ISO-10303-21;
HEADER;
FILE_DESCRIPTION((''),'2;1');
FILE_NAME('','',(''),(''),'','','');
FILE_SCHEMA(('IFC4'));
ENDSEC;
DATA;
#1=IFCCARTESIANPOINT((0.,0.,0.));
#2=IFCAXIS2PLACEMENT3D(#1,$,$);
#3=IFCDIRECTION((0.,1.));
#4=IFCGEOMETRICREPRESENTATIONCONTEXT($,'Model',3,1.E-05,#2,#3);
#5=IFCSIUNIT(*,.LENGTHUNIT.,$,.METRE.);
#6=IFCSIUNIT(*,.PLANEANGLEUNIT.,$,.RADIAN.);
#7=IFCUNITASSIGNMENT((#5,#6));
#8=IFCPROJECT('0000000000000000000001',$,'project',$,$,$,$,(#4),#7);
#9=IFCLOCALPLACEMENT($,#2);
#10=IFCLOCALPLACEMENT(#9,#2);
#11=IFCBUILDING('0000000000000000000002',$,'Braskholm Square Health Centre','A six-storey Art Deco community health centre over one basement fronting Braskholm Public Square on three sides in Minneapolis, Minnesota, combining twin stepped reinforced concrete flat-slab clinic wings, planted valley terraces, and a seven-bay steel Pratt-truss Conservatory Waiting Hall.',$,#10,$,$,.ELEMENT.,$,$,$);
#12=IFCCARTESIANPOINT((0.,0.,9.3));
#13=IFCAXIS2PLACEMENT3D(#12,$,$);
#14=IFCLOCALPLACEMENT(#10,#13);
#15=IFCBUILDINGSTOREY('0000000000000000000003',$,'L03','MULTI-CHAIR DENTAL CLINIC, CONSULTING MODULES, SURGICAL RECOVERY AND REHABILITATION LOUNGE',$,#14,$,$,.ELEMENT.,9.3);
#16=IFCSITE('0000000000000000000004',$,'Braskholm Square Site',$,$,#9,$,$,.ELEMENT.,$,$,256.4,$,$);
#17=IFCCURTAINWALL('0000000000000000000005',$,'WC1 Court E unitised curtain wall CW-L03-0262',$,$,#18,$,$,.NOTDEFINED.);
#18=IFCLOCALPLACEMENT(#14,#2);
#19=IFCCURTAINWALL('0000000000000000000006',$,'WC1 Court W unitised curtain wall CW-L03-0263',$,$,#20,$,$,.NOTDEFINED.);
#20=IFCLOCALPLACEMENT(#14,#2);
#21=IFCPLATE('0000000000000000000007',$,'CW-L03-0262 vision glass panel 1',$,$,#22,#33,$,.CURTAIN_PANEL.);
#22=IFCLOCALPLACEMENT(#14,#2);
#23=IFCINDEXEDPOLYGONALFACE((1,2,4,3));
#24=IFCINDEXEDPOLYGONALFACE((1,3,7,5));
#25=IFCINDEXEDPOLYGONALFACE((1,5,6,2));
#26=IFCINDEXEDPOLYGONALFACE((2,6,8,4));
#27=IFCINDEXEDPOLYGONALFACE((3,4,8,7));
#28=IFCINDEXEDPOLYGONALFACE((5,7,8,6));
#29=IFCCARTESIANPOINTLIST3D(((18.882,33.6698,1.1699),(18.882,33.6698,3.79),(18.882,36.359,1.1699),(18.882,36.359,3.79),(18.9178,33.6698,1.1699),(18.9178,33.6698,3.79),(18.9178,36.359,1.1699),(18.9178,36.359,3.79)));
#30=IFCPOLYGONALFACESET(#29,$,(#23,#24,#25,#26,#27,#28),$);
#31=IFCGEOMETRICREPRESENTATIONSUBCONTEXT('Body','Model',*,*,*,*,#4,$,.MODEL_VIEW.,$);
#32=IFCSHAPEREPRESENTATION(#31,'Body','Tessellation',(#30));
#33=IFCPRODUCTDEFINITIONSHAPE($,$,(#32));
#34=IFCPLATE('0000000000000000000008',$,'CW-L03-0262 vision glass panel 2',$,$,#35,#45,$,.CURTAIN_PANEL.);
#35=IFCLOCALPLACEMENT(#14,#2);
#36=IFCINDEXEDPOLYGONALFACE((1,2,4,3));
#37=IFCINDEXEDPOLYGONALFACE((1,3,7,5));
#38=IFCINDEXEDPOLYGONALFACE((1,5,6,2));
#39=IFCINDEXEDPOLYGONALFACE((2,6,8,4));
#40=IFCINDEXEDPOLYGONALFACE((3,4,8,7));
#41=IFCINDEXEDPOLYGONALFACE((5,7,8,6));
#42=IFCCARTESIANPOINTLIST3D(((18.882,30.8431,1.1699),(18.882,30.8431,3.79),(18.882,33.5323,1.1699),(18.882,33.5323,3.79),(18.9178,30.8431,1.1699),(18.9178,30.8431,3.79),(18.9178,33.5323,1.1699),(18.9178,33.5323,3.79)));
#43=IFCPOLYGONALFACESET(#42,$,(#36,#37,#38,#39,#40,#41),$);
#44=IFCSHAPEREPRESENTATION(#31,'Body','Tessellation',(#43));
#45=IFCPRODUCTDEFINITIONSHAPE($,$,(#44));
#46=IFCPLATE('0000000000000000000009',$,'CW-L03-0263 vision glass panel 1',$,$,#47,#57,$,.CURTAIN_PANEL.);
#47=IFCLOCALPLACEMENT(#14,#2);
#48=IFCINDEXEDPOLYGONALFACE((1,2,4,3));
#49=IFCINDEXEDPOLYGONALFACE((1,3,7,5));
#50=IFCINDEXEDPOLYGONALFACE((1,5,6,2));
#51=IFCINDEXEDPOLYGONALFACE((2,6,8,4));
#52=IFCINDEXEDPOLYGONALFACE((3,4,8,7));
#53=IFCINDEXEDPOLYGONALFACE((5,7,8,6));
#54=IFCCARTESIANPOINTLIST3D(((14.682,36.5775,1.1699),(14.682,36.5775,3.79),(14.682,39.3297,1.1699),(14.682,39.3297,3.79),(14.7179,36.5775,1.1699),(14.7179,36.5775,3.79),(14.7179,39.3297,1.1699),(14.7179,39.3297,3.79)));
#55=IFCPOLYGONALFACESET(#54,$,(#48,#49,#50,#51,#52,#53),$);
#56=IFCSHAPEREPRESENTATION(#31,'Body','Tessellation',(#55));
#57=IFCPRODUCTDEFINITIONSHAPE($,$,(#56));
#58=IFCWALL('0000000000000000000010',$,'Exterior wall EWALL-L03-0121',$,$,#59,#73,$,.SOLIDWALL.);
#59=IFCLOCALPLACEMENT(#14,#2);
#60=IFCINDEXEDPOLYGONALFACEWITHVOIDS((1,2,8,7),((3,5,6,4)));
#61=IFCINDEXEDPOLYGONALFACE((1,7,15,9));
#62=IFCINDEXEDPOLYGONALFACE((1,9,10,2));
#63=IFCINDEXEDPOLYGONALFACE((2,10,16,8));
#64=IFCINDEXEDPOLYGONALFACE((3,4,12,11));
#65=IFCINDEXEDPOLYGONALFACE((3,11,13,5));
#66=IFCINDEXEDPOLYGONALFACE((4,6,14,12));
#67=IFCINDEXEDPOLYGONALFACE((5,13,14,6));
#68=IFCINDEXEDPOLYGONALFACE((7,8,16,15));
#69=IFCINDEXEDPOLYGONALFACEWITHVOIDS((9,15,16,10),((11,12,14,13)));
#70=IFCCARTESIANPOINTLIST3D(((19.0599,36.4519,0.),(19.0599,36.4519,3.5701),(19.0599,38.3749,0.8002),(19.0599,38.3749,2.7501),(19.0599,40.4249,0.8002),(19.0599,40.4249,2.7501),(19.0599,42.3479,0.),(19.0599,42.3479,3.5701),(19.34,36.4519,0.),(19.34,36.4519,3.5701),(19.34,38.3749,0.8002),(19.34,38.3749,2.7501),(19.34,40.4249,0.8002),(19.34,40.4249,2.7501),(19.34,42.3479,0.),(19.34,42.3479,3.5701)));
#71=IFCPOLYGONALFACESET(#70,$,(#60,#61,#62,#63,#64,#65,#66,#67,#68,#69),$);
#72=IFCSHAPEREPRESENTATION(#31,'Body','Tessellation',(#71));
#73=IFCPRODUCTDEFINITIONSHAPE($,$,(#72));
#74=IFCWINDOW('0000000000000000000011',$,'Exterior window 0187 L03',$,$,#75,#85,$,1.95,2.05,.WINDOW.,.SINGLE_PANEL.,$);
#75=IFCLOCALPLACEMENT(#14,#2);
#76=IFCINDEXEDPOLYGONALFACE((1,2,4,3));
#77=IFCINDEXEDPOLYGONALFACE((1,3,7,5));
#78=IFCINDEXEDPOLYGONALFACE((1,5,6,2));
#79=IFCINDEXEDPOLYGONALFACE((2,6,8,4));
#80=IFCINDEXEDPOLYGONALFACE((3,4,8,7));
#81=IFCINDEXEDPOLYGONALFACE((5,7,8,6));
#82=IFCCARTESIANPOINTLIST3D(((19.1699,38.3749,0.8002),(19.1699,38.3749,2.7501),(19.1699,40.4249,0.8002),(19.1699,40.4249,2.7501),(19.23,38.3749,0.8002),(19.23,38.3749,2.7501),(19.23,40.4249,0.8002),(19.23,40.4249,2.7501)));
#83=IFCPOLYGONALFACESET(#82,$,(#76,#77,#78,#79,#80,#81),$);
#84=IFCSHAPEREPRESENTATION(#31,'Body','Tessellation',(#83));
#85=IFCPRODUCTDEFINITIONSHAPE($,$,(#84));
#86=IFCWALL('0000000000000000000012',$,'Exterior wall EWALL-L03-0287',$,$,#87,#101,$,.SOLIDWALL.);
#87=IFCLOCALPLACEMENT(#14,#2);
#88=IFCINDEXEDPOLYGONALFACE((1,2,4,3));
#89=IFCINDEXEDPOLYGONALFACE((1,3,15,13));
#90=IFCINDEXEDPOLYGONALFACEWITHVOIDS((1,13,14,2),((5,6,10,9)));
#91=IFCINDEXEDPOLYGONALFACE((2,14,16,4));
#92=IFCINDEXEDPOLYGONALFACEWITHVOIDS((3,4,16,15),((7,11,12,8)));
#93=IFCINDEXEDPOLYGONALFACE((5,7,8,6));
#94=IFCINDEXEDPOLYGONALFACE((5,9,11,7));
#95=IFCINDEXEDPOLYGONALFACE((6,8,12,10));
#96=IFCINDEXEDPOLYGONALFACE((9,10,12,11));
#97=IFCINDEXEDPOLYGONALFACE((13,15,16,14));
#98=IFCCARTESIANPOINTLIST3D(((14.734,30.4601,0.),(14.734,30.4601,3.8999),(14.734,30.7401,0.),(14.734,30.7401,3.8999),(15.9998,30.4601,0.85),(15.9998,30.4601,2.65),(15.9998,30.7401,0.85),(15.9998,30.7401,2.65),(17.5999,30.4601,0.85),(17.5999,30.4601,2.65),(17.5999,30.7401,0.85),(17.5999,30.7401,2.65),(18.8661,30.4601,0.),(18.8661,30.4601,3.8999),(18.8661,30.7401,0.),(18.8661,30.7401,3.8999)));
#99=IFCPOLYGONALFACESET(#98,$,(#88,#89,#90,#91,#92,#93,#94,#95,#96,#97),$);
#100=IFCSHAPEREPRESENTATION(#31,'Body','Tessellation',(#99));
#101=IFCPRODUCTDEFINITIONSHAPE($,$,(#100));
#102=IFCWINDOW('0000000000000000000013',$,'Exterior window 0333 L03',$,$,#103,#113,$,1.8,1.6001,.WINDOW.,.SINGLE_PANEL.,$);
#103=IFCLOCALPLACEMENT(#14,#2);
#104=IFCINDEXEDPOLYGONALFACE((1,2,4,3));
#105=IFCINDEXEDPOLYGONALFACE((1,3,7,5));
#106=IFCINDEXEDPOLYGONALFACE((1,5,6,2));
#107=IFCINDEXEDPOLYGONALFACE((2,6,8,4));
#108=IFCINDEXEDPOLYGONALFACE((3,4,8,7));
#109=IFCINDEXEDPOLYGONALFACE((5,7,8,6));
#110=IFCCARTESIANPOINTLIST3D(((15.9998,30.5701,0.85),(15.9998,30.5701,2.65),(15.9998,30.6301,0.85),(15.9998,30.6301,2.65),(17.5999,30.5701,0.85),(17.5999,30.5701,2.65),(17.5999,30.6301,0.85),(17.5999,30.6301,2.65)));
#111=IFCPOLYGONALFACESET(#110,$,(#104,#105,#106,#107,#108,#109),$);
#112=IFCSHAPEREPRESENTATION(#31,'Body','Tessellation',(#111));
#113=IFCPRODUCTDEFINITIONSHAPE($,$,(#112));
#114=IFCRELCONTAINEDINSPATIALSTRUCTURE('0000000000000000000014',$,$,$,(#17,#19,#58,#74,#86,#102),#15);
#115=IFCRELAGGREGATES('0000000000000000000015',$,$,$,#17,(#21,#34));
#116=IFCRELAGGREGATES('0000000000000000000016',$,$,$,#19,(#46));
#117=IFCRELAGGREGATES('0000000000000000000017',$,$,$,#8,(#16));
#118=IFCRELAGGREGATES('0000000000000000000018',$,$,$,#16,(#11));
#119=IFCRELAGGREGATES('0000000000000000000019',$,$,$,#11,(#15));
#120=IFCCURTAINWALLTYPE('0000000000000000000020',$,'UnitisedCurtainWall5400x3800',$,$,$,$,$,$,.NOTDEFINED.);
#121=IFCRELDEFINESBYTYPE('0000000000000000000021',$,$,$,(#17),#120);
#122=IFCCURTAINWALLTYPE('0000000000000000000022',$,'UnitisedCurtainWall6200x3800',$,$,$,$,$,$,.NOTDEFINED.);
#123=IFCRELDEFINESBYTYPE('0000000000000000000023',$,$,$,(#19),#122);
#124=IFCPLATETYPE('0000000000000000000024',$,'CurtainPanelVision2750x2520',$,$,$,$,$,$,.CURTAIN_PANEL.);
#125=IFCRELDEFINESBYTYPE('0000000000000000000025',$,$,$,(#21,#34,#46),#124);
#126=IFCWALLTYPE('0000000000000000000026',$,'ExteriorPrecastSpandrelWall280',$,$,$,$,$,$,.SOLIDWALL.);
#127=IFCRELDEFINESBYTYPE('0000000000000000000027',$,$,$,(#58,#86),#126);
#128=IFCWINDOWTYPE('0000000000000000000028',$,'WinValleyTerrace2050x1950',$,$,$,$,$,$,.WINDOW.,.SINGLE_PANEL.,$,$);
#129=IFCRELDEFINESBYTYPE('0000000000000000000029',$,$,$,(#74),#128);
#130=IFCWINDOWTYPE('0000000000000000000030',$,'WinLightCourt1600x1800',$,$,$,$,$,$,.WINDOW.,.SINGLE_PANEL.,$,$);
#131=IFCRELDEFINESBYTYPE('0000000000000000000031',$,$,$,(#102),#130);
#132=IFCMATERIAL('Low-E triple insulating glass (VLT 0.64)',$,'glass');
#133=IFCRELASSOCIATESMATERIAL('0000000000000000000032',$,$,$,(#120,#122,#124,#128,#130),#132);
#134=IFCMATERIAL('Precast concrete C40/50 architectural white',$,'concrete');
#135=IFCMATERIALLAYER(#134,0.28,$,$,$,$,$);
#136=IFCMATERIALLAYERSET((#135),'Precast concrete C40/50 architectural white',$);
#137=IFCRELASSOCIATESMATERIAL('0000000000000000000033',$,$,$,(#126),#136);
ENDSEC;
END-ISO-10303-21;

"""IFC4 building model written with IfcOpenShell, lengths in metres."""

from ifc_helpers import new_model, si_unit, direction, frame, frame_2d, origin, origin_with_axes, origin_2d, place, context, subcontext, project, spatial, rectangle, extrude, material, layer, layer_set, type_object, element, fill, aggregate, save


model = new_model("IFC4")

# Units and contexts
model_context = context("Model", 3, precision=1e-05, world=origin(), true_north=direction((0.0, 1.0)))
body_context = subcontext(model_context, "Body", "Model", "MODEL_VIEW")
ifc_project = project(units=[si_unit("LENGTHUNIT", "METRE"), si_unit("PLANEANGLEUNIT", "RADIAN")], contexts=[model_context])

# Site, building, storey
site_placement = place(None, origin())
site = spatial("IfcSite", under=ifc_project, at=site_placement, Name="Braskholm Square Site", CompositionType="ELEMENT", RefElevation=256.4)
building_placement = place(site_placement, origin())
building = spatial("IfcBuilding", under=site, at=building_placement, Name="Braskholm Square Health Centre", Description="A six-storey Art Deco community health centre over one basement fronting Braskholm Public Square on three sides in Minneapolis, Minnesota, combining twin stepped reinforced concrete flat-slab clinic wings, planted valley terraces, and a seven-bay steel Pratt-truss Conservatory Waiting Hall.", CompositionType="ELEMENT")
storey_placement = place(building_placement, frame((0.0, 0.0, 9.3)))
storey = spatial("IfcBuildingStorey", under=building, at=storey_placement, Name="L03", Description="MULTI-CHAIR DENTAL CLINIC, CONSULTING MODULES, SURGICAL RECOVERY AND REHABILITATION LOUNGE", CompositionType="ELEMENT", Elevation=9.3)

# Curtain wall
ifc_material_1 = material(Name="Low-E triple insulating glass (VLT 0.64)", Category="glass")
curtain_wall_type_1 = type_object("IfcCurtainWallType", Name="UnitisedCurtainWall5400x3800", PredefinedType="NOTDEFINED", material=ifc_material_1)
curtain_wall_1_placement = place(storey_placement, origin())
curtain_wall_1 = element("IfcCurtainWall", 1, at=curtain_wall_1_placement, inside=storey, type_object=curtain_wall_type_1, Name="WC1 Court E unitised curtain wall CW-L03-0262", PredefinedType="NOTDEFINED")

# Curtain wall
curtain_wall_type_2 = type_object("IfcCurtainWallType", Name="UnitisedCurtainWall6200x3800", PredefinedType="NOTDEFINED", material=ifc_material_1)
curtain_wall_2_placement = place(storey_placement, origin())
curtain_wall_2 = element("IfcCurtainWall", 2, at=curtain_wall_2_placement, inside=storey, type_object=curtain_wall_type_2, Name="WC1 Court W unitised curtain wall CW-L03-0263", PredefinedType="NOTDEFINED")

# Shared definitions
ifc_material_2 = material(Name="Precast concrete C40/50 architectural white", Category="concrete")

# Plates
plate_type_1 = type_object("IfcPlateType", Name="CurtainPanelVision2750x2520", PredefinedType="CURTAIN_PANEL", material=ifc_material_1)
plate_1_placement = place(storey_placement, frame((18.8999, 35.0144, 1.1699), z_axis=(0.0, 0.0, 1.0), x_axis=(0.0, -1.0, 0.0)))
plate_1 = element("IfcPlate", 3, at=plate_1_placement, type_object=plate_type_1, Name="CW-L03-0262 vision glass panel 1", PredefinedType="CURTAIN_PANEL", context=body_context, shape_type="SweptSolid", body=[
    extrude(rectangle(XDim=2.6892, YDim=0.0359, at=origin_2d()), origin(), (0.0, 0.0, 1.0), 2.6201),
])
plate_2_placement = place(storey_placement, frame((18.8999, 32.1877, 1.1699), z_axis=(0.0, 0.0, 1.0), x_axis=(0.0, -1.0, 0.0)))
plate_2 = element("IfcPlate", 4, at=plate_2_placement, type_object=plate_type_1, Name="CW-L03-0262 vision glass panel 2", PredefinedType="CURTAIN_PANEL", context=body_context, shape_type="SweptSolid", body=[
    extrude(rectangle(XDim=2.6892, YDim=0.0359, at=origin_2d()), origin(), (0.0, 0.0, 1.0), 2.6201),
])
aggregate(curtain_wall_1, [plate_1, plate_2])
plate_3_placement = place(storey_placement, frame((14.7, 37.9536, 1.1699), z_axis=(0.0, 0.0, 1.0), x_axis=(0.0, 1.0, 0.0)))
plate_3 = element("IfcPlate", 5, at=plate_3_placement, type_object=plate_type_1, Name="CW-L03-0263 vision glass panel 1", PredefinedType="CURTAIN_PANEL", context=body_context, shape_type="SweptSolid", body=[
    extrude(rectangle(XDim=2.7522, YDim=0.0359, at=origin_2d()), origin(), (0.0, 0.0, 1.0), 2.6201),
])
aggregate(curtain_wall_2, [plate_3])

# Walls, openings, windows
ifc_layer = layer(ifc_material_2, 0.28)
ifc_layer_set = layer_set([ifc_layer], Name="Precast concrete C40/50 architectural white")
wall_type = type_object("IfcWallType", Name="ExteriorPrecastSpandrelWall280", PredefinedType="SOLIDWALL", material=ifc_layer_set)
wall_1_placement = place(storey_placement, frame((19.2, 36.4519, 0.0), z_axis=(0.0, 0.0, 1.0), x_axis=(0.0, 1.0, 0.0)))
wall_1 = element("IfcWall", 6, at=wall_1_placement, inside=storey, type_object=wall_type, Name="Exterior wall EWALL-L03-0121", PredefinedType="SOLIDWALL", context=body_context, shape_type="SweptSolid", body=[
    extrude(rectangle(XDim=5.896, YDim=0.28, at=frame_2d((2.948, 0.0))), origin(), (0.0, 0.0, 1.0), 3.5701),
])
opening_1_placement = place(wall_1_placement, frame((1.9231, 0.0, 0.8)))
opening_1 = element("IfcOpeningElement", 7, at=opening_1_placement, cuts=wall_1, PredefinedType="OPENING", context=body_context, shape_type="SweptSolid", body=[
    extrude(rectangle(XDim=2.05, YDim=1.95, at=frame_2d((1.0249, 0.9751))), frame((0.0, 0.1499, 0.0), z_axis=(0.0, -1.0, 0.0), x_axis=(1.0, 0.0, 0.0)), (0.0, 0.0, 1.0), 0.3),
])
window_type_1 = type_object("IfcWindowType", Name="WinValleyTerrace2050x1950", PartitioningType="SINGLE_PANEL", PredefinedType="WINDOW", material=ifc_material_1)
window_1_placement = place(opening_1_placement, origin_with_axes())
window_1 = element("IfcWindow", 8, at=window_1_placement, inside=storey, type_object=window_type_1, Name="Exterior window 0187 L03", OverallHeight=1.95, OverallWidth=2.05, PartitioningType="SINGLE_PANEL", PredefinedType="WINDOW", context=body_context, shape_type="SweptSolid", body=[
    extrude(rectangle(XDim=2.05, YDim=1.95, at=frame_2d((1.0249, 0.9751))), frame((0.0, 0.03, 0.0), z_axis=(0.0, -1.0, 0.0), x_axis=(1.0, 0.0, 0.0)), (0.0, 0.0, 1.0), 0.0601),
])
fill(opening_1, window_1)
wall_2_placement = place(storey_placement, frame((18.866, 30.6001, 0.0), z_axis=(0.0, 0.0, 1.0), x_axis=(-1.0, 0.0, 0.0)))
wall_2 = element("IfcWall", 9, at=wall_2_placement, inside=storey, type_object=wall_type, Name="Exterior wall EWALL-L03-0287", PredefinedType="SOLIDWALL", context=body_context, shape_type="SweptSolid", body=[
    extrude(rectangle(XDim=4.1321, YDim=0.28, at=frame_2d((2.0659, 0.0))), origin(), (0.0, 0.0, 1.0), 3.8999),
])
opening_2_placement = place(wall_2_placement, frame((1.2661, 0.0, 0.8501)))
opening_2 = element("IfcOpeningElement", 10, at=opening_2_placement, cuts=wall_2, PredefinedType="OPENING", context=body_context, shape_type="SweptSolid", body=[
    extrude(rectangle(XDim=1.6001, YDim=1.8, at=frame_2d((0.8, 0.8999))), frame((0.0, 0.1499, 0.0), z_axis=(0.0, -1.0, 0.0), x_axis=(1.0, 0.0, 0.0)), (0.0, 0.0, 1.0), 0.3),
])
window_type_2 = type_object("IfcWindowType", Name="WinLightCourt1600x1800", PartitioningType="SINGLE_PANEL", PredefinedType="WINDOW", material=ifc_material_1)
window_2_placement = place(opening_2_placement, origin_with_axes())
window_2 = element("IfcWindow", 11, at=window_2_placement, inside=storey, type_object=window_type_2, Name="Exterior window 0333 L03", OverallHeight=1.8, OverallWidth=1.6001, PartitioningType="SINGLE_PANEL", PredefinedType="WINDOW", context=body_context, shape_type="SweptSolid", body=[
    extrude(rectangle(XDim=1.6001, YDim=1.8, at=frame_2d((0.8, 0.8999))), frame((0.0, 0.03, 0.0), z_axis=(0.0, -1.0, 0.0), x_axis=(1.0, 0.0, 0.0)), (0.0, 0.0, 1.0), 0.0601),
])
fill(opening_2, window_2)

save(model, "model.ifc")
